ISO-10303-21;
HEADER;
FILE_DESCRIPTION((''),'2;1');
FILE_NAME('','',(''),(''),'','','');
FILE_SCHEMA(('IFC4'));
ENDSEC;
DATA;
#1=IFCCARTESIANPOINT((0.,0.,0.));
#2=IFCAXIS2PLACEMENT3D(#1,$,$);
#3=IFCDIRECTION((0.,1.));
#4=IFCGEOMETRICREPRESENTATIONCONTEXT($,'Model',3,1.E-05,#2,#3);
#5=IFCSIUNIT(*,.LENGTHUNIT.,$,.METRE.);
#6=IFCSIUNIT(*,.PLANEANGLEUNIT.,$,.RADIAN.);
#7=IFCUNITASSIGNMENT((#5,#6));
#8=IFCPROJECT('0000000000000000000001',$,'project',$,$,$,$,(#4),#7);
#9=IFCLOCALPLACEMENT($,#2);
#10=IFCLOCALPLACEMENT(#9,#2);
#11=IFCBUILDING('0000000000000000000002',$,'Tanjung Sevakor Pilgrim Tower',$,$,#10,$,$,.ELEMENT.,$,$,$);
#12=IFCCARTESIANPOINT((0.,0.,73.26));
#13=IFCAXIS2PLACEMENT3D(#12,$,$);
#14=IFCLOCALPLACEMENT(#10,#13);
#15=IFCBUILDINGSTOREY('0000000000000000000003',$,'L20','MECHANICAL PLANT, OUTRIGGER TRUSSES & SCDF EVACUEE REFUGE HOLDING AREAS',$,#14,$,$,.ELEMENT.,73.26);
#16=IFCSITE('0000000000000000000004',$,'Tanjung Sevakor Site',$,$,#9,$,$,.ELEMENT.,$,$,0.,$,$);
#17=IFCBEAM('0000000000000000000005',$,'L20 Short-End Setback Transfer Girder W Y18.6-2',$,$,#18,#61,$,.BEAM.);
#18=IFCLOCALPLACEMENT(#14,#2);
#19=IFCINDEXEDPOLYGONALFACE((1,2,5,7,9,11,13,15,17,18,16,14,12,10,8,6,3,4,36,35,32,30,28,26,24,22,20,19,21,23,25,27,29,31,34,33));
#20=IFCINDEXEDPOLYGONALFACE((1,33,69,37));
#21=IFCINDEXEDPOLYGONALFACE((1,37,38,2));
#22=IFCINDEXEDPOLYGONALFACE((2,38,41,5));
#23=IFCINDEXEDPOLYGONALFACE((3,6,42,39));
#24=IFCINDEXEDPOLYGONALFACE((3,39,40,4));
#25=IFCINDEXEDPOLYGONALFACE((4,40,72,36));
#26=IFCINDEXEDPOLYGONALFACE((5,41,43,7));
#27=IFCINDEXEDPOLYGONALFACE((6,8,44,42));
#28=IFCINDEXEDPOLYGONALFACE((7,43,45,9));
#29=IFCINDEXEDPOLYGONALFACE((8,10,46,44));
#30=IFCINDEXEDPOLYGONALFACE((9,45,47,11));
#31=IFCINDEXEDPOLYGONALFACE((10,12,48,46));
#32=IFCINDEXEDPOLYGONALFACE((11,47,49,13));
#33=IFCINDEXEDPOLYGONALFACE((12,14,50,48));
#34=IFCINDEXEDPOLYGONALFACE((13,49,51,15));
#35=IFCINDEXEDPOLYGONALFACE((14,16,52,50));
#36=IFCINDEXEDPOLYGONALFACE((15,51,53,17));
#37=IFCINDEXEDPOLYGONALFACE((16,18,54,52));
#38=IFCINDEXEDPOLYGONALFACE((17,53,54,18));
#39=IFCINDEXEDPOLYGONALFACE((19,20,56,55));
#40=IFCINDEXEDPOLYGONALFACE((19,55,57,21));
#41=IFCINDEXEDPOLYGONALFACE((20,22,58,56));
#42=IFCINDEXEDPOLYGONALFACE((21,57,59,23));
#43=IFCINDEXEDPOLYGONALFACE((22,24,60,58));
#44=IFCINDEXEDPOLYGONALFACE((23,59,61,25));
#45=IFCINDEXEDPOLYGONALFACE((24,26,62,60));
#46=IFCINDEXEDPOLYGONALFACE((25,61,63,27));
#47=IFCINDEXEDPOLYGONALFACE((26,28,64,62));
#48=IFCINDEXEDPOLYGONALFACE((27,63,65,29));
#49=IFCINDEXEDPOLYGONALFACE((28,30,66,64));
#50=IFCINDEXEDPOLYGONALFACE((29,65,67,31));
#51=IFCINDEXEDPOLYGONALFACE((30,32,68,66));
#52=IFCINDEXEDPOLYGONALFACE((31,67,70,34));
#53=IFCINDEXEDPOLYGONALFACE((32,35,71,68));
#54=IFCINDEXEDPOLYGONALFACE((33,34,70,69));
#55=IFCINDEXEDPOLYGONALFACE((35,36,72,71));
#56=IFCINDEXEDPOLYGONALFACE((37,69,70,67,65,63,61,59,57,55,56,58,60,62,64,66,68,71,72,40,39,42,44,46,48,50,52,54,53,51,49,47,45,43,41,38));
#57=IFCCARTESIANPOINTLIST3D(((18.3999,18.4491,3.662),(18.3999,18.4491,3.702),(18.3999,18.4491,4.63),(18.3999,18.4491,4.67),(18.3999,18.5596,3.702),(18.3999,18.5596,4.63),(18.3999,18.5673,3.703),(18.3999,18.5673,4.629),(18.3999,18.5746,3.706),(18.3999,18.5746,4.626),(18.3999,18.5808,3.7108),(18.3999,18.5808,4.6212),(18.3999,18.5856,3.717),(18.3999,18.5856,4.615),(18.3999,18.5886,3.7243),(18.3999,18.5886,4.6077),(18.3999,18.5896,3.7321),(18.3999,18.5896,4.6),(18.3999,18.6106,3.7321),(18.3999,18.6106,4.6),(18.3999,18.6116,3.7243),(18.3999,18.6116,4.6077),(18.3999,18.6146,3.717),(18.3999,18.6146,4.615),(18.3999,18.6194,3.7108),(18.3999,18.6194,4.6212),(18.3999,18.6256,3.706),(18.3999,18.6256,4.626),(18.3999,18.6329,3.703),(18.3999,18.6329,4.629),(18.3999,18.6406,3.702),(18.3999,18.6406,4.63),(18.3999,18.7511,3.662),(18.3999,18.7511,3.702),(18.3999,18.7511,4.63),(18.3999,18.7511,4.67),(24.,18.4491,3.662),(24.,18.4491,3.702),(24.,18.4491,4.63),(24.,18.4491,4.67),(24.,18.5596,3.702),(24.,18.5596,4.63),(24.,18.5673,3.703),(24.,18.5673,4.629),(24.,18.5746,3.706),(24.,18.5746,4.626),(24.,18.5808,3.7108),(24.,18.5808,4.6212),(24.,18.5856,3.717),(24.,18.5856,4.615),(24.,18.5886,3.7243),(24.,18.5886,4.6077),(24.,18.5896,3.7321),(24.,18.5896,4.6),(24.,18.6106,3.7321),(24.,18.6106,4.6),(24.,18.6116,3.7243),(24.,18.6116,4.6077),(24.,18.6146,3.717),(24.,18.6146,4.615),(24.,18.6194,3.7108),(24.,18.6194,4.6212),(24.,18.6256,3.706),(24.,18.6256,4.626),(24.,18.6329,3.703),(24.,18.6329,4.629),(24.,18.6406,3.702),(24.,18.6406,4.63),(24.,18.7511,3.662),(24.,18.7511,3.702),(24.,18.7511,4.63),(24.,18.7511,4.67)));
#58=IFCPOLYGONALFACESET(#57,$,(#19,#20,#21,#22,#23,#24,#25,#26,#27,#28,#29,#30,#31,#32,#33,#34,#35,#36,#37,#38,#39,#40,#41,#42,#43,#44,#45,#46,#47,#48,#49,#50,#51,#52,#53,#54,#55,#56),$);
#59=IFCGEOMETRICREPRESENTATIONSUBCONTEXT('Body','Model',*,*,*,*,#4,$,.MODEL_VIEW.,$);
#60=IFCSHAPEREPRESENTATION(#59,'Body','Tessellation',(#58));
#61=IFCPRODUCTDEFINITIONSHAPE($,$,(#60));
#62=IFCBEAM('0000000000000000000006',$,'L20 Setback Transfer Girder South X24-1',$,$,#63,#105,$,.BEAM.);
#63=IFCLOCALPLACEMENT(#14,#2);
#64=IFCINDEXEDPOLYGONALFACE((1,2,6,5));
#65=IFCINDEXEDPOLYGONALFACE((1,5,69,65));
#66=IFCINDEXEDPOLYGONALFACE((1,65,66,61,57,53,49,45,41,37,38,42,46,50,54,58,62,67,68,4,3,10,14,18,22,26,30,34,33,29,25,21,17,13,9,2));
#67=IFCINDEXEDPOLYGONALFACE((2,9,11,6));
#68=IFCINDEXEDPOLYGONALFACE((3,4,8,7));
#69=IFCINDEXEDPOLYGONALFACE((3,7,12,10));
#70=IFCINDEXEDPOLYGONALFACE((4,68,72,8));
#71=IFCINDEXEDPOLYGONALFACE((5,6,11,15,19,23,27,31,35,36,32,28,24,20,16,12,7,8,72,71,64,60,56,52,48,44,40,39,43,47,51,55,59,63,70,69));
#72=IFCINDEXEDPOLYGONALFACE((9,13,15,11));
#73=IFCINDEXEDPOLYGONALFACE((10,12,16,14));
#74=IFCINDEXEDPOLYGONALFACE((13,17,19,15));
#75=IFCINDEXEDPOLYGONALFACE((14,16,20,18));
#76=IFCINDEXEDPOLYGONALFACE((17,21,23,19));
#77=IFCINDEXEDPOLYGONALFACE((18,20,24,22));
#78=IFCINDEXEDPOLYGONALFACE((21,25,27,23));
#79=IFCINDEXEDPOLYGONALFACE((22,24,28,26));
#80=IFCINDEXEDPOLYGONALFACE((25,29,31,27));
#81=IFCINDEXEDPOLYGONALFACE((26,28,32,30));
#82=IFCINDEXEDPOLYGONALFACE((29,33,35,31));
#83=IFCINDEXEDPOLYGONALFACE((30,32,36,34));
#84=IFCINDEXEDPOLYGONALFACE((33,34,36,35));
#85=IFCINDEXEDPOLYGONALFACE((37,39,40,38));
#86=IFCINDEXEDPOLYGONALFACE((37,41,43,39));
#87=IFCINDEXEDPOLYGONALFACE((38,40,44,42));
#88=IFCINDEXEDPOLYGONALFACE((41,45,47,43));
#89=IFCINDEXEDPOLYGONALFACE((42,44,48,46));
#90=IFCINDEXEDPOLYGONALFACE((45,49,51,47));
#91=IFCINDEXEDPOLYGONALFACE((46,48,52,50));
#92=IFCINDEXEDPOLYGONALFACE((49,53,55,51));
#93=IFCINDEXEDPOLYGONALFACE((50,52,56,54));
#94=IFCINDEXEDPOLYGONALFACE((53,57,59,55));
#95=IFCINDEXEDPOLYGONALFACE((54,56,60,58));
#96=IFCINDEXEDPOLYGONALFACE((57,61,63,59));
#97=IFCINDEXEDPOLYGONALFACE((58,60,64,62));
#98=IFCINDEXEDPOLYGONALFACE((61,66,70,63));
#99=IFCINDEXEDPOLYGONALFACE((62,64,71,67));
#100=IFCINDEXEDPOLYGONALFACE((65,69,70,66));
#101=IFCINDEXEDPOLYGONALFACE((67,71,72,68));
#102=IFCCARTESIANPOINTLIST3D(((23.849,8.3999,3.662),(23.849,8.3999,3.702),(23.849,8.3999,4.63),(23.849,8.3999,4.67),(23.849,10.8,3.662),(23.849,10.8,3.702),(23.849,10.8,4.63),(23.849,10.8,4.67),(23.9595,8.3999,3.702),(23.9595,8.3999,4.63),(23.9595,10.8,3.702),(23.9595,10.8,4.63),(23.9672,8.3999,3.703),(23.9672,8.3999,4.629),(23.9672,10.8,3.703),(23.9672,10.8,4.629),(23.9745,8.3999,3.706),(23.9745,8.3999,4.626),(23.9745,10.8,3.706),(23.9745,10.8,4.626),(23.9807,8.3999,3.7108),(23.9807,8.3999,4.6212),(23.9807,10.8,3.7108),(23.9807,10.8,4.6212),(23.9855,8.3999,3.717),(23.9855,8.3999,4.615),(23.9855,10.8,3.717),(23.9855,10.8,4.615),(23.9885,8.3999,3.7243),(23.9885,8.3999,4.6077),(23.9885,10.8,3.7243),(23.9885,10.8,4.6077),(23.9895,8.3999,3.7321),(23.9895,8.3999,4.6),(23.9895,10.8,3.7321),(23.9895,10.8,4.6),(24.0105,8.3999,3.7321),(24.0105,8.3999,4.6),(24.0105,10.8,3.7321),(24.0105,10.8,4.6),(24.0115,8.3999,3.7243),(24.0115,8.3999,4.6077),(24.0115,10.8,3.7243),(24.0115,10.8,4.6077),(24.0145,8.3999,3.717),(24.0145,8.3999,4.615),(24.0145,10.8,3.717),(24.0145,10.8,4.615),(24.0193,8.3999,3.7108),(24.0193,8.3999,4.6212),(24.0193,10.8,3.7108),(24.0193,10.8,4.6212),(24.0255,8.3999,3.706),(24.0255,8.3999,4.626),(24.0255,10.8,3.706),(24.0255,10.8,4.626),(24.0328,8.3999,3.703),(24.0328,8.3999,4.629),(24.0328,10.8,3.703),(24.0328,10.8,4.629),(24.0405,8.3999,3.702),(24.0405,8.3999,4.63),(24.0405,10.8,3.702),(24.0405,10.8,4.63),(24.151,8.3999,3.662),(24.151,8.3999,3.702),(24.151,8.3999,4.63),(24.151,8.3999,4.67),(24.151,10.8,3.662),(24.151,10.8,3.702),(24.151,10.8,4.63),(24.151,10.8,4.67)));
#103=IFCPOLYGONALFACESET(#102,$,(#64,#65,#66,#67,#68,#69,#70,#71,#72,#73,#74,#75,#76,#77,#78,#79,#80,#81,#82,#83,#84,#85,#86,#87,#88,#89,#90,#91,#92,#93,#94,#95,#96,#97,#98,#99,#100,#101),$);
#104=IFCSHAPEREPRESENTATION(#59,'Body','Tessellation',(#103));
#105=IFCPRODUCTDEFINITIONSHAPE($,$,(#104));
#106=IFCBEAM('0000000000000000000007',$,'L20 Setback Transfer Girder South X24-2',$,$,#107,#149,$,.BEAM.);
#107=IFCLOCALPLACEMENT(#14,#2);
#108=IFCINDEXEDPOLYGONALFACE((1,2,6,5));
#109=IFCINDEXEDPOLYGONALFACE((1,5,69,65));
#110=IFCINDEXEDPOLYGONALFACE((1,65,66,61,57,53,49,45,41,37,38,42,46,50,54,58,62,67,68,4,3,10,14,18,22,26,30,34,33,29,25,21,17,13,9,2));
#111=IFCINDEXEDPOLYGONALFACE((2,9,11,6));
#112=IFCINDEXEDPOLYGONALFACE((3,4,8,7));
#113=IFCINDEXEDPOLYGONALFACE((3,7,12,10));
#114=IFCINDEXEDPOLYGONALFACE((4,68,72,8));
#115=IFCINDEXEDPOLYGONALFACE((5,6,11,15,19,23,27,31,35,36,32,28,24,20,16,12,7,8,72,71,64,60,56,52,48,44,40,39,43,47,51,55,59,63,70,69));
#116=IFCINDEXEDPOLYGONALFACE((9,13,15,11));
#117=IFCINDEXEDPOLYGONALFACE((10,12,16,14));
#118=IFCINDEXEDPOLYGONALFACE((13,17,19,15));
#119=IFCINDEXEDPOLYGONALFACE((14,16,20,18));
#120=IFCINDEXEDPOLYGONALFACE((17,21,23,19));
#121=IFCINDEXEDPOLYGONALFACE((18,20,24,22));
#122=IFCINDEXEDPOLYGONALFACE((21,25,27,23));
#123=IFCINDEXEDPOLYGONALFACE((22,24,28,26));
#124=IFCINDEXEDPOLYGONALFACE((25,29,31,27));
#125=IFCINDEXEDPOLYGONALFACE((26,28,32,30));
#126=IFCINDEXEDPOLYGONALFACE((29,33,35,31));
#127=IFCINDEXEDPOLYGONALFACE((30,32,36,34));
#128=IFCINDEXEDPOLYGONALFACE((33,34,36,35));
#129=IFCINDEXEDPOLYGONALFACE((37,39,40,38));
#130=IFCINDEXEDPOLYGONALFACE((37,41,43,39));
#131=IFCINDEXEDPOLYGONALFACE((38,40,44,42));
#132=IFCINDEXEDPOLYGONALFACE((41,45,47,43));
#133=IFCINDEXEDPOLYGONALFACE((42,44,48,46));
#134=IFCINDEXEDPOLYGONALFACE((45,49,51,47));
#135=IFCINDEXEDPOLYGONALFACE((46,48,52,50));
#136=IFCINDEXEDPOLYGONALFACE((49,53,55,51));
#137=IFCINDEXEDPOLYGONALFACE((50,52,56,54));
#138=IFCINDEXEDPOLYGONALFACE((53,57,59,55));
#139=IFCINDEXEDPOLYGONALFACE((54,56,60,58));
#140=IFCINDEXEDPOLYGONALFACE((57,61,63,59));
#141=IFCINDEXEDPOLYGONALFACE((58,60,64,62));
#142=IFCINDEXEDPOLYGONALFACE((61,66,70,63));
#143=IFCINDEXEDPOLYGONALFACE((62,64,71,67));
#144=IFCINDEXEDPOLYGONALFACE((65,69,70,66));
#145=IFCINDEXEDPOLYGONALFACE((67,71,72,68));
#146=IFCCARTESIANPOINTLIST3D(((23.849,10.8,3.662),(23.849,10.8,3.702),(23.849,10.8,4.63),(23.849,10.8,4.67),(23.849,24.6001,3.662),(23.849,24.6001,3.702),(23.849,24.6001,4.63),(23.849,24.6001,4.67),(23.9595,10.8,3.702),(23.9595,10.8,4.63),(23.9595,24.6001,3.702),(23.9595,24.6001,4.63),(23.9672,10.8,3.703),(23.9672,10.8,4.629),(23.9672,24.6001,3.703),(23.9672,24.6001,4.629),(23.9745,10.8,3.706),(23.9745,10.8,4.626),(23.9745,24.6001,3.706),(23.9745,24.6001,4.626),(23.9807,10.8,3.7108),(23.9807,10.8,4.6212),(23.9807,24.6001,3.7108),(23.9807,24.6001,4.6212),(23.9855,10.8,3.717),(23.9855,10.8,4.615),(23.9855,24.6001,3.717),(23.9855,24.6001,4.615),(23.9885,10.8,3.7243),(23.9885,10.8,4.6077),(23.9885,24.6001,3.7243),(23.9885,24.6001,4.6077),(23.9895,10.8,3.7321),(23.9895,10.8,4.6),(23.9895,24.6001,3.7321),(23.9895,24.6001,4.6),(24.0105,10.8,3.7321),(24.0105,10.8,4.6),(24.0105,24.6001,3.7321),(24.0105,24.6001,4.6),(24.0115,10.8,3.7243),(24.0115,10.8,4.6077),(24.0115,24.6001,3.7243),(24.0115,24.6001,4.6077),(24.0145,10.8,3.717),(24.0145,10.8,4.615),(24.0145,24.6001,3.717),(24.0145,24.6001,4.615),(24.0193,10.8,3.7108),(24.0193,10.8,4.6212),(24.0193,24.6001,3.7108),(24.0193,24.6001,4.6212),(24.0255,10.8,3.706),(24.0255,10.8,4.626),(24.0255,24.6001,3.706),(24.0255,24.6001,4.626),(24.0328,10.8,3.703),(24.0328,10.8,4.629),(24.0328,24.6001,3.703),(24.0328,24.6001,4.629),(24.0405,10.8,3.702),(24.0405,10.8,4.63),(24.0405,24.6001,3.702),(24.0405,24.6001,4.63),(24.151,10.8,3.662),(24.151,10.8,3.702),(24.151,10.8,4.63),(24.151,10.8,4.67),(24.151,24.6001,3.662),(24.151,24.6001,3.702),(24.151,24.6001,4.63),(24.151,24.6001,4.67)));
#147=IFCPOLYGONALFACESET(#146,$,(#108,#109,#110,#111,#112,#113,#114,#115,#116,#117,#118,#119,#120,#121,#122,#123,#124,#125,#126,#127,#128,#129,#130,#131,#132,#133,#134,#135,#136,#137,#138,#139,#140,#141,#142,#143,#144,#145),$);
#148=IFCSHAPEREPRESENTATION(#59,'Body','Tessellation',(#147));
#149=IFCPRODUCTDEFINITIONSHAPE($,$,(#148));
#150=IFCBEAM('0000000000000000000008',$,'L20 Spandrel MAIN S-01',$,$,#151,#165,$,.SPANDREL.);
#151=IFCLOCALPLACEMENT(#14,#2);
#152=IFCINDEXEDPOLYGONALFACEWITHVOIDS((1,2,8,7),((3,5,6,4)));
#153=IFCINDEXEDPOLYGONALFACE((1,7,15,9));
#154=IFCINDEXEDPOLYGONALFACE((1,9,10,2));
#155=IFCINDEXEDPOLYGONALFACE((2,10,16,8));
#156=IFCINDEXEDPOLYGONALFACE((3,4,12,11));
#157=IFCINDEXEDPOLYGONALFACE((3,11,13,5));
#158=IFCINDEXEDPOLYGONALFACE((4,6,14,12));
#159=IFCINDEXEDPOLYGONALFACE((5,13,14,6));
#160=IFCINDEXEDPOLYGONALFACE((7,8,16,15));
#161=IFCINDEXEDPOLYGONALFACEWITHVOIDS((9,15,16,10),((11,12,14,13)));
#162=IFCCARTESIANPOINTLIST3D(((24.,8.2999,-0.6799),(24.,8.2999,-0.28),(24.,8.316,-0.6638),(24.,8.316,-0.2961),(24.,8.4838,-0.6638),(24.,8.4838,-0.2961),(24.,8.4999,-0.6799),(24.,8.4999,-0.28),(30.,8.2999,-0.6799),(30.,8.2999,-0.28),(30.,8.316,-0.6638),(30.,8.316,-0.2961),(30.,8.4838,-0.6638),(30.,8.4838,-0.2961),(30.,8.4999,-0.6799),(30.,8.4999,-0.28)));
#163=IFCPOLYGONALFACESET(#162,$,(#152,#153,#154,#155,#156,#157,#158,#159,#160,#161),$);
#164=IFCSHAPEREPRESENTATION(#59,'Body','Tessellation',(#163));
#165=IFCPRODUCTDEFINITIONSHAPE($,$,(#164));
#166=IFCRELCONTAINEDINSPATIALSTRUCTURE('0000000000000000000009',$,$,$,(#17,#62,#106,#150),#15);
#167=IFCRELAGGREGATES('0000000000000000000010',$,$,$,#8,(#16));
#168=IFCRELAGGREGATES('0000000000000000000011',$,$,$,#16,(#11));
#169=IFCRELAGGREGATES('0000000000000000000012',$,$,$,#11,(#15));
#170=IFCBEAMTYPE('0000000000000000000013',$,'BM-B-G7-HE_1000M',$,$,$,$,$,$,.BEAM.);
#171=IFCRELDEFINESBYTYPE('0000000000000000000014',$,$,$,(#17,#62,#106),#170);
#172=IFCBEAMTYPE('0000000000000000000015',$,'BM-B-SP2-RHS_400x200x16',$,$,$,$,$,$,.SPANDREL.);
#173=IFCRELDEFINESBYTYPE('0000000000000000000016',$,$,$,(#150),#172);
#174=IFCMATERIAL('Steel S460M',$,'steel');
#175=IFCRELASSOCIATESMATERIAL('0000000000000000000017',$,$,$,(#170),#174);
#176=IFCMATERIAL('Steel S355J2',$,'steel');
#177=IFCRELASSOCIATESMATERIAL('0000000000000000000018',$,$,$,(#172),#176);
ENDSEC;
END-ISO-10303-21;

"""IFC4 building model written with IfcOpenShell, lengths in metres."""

from ifc_helpers import new_model, si_unit, direction, frame, origin, origin_2d, place, context, subcontext, project, spatial, hollow_rectangle, i_section, extrude, material, material_profile, profile_set, type_object, element, save


model = new_model("IFC4")

# Units and contexts
model_context = context("Model", 3, precision=1e-05, world=origin(), true_north=direction((0.0, 1.0)))
body_context = subcontext(model_context, "Body", "Model", "MODEL_VIEW")
ifc_project = project(units=[si_unit("LENGTHUNIT", "METRE"), si_unit("PLANEANGLEUNIT", "RADIAN")], contexts=[model_context])

# Site, building, storey
site_placement = place(None, origin())
site = spatial("IfcSite", under=ifc_project, at=site_placement, Name="Tanjung Sevakor Site", CompositionType="ELEMENT", RefElevation=0.0)
building_placement = place(site_placement, origin())
building = spatial("IfcBuilding", under=site, at=building_placement, Name="Tanjung Sevakor Pilgrim Tower", CompositionType="ELEMENT")
storey_placement = place(building_placement, frame((0.0, 0.0, 73.26)))
storey = spatial("IfcBuildingStorey", under=building, at=storey_placement, Name="L20", Description="MECHANICAL PLANT, OUTRIGGER TRUSSES & SCDF EVACUEE REFUGE HOLDING AREAS", CompositionType="ELEMENT", Elevation=73.26)

# Beams
ifc_material_1 = material(Name="Steel S460M", Category="steel")
ifc_material_profile_1 = material_profile(ifc_material_1, i_section(OverallWidth=0.302, OverallDepth=1.0081, WebThickness=0.021, FlangeThickness=0.04, FilletRadius=0.03, at=origin_2d()))
ifc_profile_set_1 = profile_set([ifc_material_profile_1], Name="Steel S460M")
beam_type_1 = type_object("IfcBeamType", Name="BM-B-G7-HE_1000M", PredefinedType="BEAM", material=ifc_profile_set_1)
beam_1_placement = place(storey_placement, frame((18.3999, 18.6001, 4.166), z_axis=(1.0, 0.0, 0.0), x_axis=(0.0, 1.0, 0.0)))
element("IfcBeam", 1, at=beam_1_placement, inside=storey, type_object=beam_type_1, Name="L20 Short-End Setback Transfer Girder W Y18.6-2", PredefinedType="BEAM", context=body_context, shape_type="SweptSolid", body=[
    extrude(i_section(OverallWidth=0.302, OverallDepth=1.0081, WebThickness=0.021, FlangeThickness=0.04, FilletRadius=0.03, at=origin_2d()), origin(), (0.0, 0.0, 1.0), 5.6001),
])
beam_2_placement = place(storey_placement, frame((24.0, 8.3999, 4.166), z_axis=(0.0, 1.0, 0.0), x_axis=(-1.0, 0.0, 0.0)))
element("IfcBeam", 2, at=beam_2_placement, inside=storey, type_object=beam_type_1, Name="L20 Setback Transfer Girder South X24-1", PredefinedType="BEAM", context=body_context, shape_type="SweptSolid", body=[
    extrude(i_section(OverallWidth=0.302, OverallDepth=1.0081, WebThickness=0.021, FlangeThickness=0.04, FilletRadius=0.03, at=origin_2d()), origin(), (0.0, 0.0, 1.0), 2.4001),
])
beam_3_placement = place(storey_placement, frame((24.0, 10.8, 4.166), z_axis=(0.0, 1.0, 0.0), x_axis=(-1.0, 0.0, 0.0)))
element("IfcBeam", 3, at=beam_3_placement, inside=storey, type_object=beam_type_1, Name="L20 Setback Transfer Girder South X24-2", PredefinedType="BEAM", context=body_context, shape_type="SweptSolid", body=[
    extrude(i_section(OverallWidth=0.302, OverallDepth=1.0081, WebThickness=0.021, FlangeThickness=0.04, FilletRadius=0.03, at=origin_2d()), origin(), (0.0, 0.0, 1.0), 13.8),
])
ifc_material_2 = material(Name="Steel S355J2", Category="steel")
ifc_material_profile_2 = material_profile(ifc_material_2, hollow_rectangle(XDim=0.2, YDim=0.3999, WallThickness=0.0161, at=origin_2d()))
ifc_profile_set_2 = profile_set([ifc_material_profile_2], Name="Steel S355J2")
beam_type_2 = type_object("IfcBeamType", Name="BM-B-SP2-RHS_400x200x16", PredefinedType="SPANDREL", material=ifc_profile_set_2)
beam_4_placement = place(storey_placement, frame((24.0, 8.3999, -0.48), z_axis=(1.0, 0.0, 0.0), x_axis=(0.0, 1.0, 0.0)))
element("IfcBeam", 4, at=beam_4_placement, inside=storey, type_object=beam_type_2, Name="L20 Spandrel MAIN S-01", PredefinedType="SPANDREL", context=body_context, shape_type="SweptSolid", body=[
    extrude(hollow_rectangle(XDim=0.2, YDim=0.3999, WallThickness=0.0161, at=origin_2d()), origin(), (0.0, 0.0, 1.0), 6.0),
])

save(model, "model.ifc")
